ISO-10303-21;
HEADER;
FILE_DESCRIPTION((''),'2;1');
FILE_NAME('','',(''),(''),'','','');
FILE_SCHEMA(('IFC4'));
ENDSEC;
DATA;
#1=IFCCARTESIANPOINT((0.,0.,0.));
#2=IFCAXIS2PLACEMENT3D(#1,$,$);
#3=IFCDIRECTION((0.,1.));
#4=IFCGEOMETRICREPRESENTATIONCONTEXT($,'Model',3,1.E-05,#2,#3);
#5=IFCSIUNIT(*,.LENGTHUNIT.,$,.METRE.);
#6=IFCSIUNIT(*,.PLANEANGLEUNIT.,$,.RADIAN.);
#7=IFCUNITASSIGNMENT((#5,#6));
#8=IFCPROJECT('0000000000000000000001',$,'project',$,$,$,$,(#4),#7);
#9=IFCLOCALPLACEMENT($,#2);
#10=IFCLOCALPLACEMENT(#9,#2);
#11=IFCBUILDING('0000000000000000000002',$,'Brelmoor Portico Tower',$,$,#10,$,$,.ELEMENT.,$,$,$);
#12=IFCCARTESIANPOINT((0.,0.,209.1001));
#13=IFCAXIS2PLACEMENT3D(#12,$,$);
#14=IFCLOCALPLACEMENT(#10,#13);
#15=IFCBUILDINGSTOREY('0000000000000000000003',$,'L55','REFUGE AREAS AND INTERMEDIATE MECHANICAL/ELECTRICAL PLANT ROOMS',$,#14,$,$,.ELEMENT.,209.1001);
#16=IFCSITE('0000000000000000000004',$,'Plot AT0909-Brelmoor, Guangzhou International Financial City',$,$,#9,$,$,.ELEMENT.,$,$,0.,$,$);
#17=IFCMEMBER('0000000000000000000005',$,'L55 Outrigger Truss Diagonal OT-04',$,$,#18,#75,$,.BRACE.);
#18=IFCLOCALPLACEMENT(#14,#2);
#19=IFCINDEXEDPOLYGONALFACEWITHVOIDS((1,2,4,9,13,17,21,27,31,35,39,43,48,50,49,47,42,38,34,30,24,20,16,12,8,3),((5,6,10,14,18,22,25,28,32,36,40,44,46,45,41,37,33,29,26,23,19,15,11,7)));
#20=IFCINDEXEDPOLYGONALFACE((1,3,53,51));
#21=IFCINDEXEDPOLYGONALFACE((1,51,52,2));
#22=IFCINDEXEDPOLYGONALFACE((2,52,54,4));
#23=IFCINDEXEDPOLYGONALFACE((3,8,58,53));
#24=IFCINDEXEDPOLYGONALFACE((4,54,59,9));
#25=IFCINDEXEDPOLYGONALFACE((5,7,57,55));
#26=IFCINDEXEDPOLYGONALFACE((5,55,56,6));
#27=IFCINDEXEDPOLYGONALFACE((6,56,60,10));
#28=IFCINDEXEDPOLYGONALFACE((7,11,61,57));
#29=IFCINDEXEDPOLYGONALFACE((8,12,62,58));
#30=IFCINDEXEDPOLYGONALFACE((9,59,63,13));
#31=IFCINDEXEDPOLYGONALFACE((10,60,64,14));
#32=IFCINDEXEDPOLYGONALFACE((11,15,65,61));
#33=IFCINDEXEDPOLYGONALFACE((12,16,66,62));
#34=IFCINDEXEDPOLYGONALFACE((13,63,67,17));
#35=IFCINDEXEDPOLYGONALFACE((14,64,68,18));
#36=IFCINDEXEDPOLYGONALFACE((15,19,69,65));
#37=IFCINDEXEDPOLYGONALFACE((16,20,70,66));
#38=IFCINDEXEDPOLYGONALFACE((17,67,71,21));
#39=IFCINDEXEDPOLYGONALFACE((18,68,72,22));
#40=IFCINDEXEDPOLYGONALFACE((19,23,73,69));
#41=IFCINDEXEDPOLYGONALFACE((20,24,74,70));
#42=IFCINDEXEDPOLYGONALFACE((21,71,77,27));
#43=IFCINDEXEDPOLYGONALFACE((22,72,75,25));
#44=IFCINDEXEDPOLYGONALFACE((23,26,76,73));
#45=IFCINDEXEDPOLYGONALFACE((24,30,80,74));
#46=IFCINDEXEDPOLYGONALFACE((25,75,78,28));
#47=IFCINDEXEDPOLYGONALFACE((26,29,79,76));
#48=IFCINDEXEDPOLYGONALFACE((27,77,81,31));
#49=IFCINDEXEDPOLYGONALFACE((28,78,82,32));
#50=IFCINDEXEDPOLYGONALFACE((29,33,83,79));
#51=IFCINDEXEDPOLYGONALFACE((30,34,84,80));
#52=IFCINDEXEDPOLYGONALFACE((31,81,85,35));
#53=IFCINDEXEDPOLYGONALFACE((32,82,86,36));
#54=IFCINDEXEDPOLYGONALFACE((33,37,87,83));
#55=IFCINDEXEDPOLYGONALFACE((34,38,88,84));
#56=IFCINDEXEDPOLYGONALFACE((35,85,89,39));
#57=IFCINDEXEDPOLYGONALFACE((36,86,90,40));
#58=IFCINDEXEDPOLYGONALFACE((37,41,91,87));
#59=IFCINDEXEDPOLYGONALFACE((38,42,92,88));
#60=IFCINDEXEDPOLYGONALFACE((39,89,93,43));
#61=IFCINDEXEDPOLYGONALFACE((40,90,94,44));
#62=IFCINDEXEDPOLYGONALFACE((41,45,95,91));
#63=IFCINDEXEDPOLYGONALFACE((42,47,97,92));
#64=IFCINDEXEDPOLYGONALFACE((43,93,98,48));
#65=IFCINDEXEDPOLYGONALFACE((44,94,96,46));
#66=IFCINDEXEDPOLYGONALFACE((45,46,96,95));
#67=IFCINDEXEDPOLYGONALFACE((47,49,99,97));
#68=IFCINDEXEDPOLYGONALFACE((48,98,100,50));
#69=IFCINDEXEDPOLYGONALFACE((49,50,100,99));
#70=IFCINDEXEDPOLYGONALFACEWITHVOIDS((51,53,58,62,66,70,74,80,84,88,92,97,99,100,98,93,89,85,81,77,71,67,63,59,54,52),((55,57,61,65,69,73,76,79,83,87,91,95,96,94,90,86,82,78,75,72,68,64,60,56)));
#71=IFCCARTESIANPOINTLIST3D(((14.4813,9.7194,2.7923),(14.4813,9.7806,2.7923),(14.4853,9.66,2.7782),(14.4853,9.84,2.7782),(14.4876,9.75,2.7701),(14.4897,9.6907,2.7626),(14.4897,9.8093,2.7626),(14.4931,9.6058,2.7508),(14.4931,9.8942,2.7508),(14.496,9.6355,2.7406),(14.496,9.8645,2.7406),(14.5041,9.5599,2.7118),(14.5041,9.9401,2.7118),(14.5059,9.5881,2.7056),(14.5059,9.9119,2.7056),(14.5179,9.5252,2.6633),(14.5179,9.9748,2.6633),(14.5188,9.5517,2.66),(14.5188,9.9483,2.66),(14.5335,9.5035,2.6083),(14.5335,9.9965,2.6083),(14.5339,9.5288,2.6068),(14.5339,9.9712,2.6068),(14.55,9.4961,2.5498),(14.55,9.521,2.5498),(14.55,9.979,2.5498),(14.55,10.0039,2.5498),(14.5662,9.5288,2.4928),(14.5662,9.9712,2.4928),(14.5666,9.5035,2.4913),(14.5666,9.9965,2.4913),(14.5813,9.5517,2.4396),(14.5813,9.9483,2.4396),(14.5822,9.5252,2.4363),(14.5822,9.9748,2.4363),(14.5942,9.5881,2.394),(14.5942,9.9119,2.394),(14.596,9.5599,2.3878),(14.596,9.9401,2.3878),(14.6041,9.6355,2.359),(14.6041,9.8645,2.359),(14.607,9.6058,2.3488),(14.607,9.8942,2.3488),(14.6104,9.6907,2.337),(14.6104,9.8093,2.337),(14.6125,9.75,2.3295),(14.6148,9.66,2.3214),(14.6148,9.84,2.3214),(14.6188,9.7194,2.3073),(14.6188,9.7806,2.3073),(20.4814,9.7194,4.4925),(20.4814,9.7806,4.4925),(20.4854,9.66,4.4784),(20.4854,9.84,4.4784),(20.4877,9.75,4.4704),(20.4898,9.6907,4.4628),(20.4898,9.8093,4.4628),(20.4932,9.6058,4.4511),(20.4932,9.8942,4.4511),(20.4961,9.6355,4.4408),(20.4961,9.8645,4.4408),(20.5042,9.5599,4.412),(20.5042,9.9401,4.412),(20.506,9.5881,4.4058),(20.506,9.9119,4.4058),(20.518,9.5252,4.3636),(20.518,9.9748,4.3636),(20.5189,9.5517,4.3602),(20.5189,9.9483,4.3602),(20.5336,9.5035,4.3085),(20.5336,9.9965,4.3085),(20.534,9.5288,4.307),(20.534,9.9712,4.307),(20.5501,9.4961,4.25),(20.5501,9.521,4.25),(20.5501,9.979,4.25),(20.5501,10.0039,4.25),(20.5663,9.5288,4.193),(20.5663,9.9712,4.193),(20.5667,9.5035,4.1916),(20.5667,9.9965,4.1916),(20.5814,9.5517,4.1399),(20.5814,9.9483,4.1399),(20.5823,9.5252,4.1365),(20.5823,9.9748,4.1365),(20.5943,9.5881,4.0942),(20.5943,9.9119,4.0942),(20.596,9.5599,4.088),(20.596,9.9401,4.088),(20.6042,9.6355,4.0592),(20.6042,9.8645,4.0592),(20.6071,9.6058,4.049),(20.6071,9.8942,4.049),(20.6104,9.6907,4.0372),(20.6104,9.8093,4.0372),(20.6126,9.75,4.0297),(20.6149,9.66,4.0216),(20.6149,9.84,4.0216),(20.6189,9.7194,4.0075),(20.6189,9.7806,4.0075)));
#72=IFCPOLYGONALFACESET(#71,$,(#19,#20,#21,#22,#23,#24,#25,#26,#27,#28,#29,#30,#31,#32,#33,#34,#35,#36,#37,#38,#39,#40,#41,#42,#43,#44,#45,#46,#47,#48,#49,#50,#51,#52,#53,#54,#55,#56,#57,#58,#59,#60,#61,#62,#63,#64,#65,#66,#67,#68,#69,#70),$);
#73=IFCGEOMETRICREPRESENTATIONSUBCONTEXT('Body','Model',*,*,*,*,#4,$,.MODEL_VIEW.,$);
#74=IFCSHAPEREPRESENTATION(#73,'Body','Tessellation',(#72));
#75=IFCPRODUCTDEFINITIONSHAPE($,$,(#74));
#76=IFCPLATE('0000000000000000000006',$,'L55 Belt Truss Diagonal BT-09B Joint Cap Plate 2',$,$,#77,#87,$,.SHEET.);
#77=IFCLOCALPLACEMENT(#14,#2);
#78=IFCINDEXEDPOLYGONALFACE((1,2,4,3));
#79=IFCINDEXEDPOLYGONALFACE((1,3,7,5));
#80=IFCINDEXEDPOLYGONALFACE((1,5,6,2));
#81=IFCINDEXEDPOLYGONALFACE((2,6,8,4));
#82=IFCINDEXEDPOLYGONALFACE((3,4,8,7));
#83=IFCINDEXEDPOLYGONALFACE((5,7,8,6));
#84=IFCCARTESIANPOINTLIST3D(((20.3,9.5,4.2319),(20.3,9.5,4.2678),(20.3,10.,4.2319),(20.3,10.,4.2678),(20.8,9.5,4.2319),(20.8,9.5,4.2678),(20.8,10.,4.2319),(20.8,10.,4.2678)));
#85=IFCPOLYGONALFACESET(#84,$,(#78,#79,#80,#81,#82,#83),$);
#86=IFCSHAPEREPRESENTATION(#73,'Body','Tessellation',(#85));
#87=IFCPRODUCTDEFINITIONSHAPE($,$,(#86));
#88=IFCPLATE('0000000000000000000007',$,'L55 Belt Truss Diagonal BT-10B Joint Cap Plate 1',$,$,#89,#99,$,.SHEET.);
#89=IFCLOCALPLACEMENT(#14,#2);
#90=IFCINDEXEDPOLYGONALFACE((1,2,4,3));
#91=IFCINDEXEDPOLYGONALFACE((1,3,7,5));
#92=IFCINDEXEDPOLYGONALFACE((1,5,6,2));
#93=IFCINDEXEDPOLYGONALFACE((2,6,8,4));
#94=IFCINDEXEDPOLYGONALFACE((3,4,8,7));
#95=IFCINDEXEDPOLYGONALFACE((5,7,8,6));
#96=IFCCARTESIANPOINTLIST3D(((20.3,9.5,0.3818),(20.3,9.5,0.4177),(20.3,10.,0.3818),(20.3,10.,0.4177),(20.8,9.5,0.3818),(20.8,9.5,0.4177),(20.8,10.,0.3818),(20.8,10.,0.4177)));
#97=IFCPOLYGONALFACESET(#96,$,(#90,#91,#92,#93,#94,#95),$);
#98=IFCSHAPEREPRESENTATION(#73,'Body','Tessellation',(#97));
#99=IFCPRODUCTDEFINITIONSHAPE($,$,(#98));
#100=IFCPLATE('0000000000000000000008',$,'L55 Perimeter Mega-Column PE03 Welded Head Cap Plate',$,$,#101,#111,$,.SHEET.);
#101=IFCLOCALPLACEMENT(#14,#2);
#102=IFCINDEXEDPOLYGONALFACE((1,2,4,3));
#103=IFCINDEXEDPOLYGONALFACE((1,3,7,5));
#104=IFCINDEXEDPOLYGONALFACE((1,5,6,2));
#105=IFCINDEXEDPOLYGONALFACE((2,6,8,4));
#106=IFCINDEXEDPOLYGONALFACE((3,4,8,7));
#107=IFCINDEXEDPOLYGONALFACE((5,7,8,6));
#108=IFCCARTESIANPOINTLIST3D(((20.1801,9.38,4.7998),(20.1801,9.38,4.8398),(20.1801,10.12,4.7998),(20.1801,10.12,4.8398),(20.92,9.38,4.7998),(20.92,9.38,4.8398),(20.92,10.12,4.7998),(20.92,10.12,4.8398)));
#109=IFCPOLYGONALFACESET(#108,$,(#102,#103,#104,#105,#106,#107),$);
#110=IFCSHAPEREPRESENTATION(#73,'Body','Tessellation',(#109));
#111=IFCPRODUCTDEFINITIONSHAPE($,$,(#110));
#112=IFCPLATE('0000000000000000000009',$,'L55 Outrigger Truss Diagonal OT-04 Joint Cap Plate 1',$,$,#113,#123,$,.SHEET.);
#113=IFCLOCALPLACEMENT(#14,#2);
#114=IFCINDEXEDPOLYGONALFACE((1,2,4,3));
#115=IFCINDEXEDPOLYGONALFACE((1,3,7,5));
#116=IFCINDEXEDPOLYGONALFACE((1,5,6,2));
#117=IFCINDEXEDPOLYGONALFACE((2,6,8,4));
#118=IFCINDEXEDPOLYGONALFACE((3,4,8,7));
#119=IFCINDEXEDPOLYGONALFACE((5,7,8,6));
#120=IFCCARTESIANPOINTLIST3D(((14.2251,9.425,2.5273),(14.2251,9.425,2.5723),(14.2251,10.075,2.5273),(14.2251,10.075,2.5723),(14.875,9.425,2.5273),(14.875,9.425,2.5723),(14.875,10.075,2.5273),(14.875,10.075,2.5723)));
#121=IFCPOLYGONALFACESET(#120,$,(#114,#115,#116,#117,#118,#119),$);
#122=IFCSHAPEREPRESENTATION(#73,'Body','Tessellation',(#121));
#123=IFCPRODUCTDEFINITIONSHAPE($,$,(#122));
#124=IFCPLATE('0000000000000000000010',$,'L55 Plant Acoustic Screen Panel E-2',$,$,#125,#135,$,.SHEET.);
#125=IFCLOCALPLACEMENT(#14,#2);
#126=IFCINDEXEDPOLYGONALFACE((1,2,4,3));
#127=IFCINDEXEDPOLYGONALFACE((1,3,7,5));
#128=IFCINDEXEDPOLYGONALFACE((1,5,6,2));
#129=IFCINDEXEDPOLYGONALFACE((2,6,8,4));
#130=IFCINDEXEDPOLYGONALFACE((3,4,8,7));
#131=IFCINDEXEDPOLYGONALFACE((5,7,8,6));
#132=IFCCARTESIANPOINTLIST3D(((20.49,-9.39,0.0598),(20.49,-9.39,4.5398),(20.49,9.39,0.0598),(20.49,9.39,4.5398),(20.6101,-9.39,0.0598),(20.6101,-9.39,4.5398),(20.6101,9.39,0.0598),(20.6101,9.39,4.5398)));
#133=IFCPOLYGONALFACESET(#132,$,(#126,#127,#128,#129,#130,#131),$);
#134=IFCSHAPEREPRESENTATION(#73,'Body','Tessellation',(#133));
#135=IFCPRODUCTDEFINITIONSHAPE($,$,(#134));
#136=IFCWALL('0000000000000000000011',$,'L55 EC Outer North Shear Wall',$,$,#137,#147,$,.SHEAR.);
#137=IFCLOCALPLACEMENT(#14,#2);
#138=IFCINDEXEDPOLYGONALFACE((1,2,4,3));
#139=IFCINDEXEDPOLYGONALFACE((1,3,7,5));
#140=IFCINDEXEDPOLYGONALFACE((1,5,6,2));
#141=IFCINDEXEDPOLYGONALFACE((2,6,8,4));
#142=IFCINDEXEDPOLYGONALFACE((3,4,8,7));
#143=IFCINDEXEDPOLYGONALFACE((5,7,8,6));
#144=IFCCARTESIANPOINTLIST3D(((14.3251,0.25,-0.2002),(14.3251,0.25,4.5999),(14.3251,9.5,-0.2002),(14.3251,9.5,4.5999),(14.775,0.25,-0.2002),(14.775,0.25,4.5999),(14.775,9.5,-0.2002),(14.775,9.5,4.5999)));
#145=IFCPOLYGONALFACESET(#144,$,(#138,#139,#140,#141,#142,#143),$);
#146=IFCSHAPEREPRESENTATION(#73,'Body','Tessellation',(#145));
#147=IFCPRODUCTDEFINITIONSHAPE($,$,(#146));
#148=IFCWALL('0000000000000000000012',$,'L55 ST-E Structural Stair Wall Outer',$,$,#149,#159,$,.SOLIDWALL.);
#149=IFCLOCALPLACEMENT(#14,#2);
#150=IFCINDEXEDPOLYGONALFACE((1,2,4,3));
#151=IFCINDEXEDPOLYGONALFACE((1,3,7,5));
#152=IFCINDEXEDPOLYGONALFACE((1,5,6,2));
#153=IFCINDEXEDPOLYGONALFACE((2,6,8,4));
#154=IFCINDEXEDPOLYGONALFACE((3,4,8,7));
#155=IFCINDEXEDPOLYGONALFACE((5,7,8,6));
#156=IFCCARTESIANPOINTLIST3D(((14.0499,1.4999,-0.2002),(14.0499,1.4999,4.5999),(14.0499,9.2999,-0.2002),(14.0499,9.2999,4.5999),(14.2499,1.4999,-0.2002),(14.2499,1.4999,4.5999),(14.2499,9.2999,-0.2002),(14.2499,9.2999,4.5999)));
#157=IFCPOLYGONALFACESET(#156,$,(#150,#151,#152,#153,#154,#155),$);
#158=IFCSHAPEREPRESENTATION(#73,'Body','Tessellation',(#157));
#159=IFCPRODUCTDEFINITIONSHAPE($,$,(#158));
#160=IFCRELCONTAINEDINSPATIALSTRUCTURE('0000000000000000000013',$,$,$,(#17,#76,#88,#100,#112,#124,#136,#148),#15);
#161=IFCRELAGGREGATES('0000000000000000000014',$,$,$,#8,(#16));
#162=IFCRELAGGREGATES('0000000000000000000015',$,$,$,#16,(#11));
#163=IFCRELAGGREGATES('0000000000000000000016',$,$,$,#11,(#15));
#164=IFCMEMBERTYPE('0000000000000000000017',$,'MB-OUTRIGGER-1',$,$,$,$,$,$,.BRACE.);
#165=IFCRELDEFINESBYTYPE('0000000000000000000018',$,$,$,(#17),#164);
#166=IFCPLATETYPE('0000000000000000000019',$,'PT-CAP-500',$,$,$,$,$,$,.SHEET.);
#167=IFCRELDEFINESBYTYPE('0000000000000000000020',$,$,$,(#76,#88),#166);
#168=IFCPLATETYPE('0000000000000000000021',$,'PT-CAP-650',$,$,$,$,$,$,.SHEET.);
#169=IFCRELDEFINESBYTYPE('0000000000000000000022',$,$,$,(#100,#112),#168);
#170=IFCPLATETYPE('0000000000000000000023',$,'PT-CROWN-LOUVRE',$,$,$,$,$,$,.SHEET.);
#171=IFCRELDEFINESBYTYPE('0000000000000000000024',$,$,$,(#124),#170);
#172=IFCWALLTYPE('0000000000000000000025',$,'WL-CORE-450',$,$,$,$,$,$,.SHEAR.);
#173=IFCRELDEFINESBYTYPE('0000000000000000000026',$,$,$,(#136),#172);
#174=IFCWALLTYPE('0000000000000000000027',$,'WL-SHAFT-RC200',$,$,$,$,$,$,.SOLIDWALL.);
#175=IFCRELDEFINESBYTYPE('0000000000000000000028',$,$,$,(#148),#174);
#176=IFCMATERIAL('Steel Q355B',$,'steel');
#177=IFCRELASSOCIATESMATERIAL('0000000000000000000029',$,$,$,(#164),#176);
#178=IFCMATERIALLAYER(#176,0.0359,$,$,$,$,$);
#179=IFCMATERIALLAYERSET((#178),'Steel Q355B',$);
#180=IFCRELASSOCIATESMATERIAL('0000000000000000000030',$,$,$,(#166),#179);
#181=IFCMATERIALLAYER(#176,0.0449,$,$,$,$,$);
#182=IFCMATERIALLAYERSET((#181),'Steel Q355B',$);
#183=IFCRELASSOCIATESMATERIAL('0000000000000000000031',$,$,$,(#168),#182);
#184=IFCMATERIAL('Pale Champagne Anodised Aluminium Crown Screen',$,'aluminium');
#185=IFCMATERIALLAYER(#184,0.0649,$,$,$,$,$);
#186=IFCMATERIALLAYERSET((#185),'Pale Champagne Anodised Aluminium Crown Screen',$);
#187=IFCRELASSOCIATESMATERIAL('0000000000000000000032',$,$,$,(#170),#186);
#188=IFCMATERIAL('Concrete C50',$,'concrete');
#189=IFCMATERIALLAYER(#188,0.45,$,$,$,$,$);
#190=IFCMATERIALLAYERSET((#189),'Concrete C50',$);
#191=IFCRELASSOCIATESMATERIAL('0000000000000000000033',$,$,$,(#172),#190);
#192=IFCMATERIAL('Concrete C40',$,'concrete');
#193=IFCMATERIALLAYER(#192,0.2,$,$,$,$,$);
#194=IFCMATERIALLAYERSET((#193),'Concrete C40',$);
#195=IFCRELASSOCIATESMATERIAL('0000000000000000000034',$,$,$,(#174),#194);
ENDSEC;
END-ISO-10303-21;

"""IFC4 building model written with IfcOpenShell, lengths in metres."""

from ifc_helpers import new_model, si_unit, direction, frame, frame_2d, origin, origin_2d, place, context, subcontext, project, spatial, rectangle, hollow_circle, extrude, material, layer, layer_set, material_profile, profile_set, type_object, element, save


model = new_model("IFC4")

# Units and contexts
model_context = context("Model", 3, precision=1e-05, world=origin(), true_north=direction((0.0, 1.0)))
body_context = subcontext(model_context, "Body", "Model", "MODEL_VIEW")
ifc_project = project(units=[si_unit("LENGTHUNIT", "METRE"), si_unit("PLANEANGLEUNIT", "RADIAN")], contexts=[model_context])

# Site, building, storey
site_placement = place(None, origin())
site = spatial("IfcSite", under=ifc_project, at=site_placement, Name="Plot AT0909-Brelmoor, Guangzhou International Financial City", CompositionType="ELEMENT", RefElevation=0.0)
building_placement = place(site_placement, origin())
building = spatial("IfcBuilding", under=site, at=building_placement, Name="Brelmoor Portico Tower", CompositionType="ELEMENT")
storey_placement = place(building_placement, frame((0.0, 0.0, 209.1001)))
storey = spatial("IfcBuildingStorey", under=building, at=storey_placement, Name="L55", Description="REFUGE AREAS AND INTERMEDIATE MECHANICAL/ELECTRICAL PLANT ROOMS", CompositionType="ELEMENT", Elevation=209.1001)

# Shared definitions
ifc_material_1 = material(Name="Steel Q355B", Category="steel")

# Member
ifc_material_profile_1 = material_profile(ifc_material_1, hollow_circle(Radius=0.2539, WallThickness=0.0249, at=origin_2d()), Name="CHS 508x25")
ifc_profile_set_1 = profile_set([ifc_material_profile_1], Name="Steel Q355B")
member_type_1 = type_object("IfcMemberType", Name="MB-OUTRIGGER-1", PredefinedType="BRACE", material=ifc_profile_set_1)
member_1_placement = place(storey_placement, frame((14.55, 9.75, 2.5498), z_axis=(0.962119, 0.0, 0.272632), x_axis=(0.0, 1.0, 0.0)))
element("IfcMember", 1, at=member_1_placement, inside=storey, type_object=member_type_1, Name="L55 Outrigger Truss Diagonal OT-04", PredefinedType="BRACE", context=body_context, shape_type="SweptSolid", body=[
    extrude(hollow_circle(Radius=0.2539, WallThickness=0.0249, at=origin_2d()), origin(), (0.0, 0.0, 1.0), 6.2363),
])

# Plates
ifc_layer_1 = layer(ifc_material_1, 0.0359)
ifc_layer_set_1 = layer_set([ifc_layer_1], Name="Steel Q355B")
plate_type_1 = type_object("IfcPlateType", Name="PT-CAP-500", PredefinedType="SHEET", material=ifc_layer_set_1)
for number, where, z_axis, x_axis, name in (
    (2, (20.55, 9.75, 4.2319), (0.0, 0.0, 1.0), (1.0, 0.0, 0.0), "L55 Belt Truss Diagonal BT-09B Joint Cap Plate 2"),
    (3, (20.55, 9.75, 0.3818), (0.0, 0.0, 1.0), (1.0, 0.0, 0.0), "L55 Belt Truss Diagonal BT-10B Joint Cap Plate 1"),
):
    element("IfcPlate", number, at=place(storey_placement, frame(where, z_axis=z_axis, x_axis=x_axis)), inside=storey, type_object=plate_type_1, Name=name, PredefinedType="SHEET", context=body_context, shape_type="SweptSolid", body=[
        extrude(rectangle(XDim=0.5, YDim=0.5, at=origin_2d()), origin(), (0.0, 0.0, 1.0), 0.0359),
    ])
ifc_layer_2 = layer(ifc_material_1, 0.0449)
ifc_layer_set_2 = layer_set([ifc_layer_2], Name="Steel Q355B")
plate_type_2 = type_object("IfcPlateType", Name="PT-CAP-650", PredefinedType="SHEET", material=ifc_layer_set_2)
plate_1_placement = place(storey_placement, frame((20.55, 9.75, 4.7998), z_axis=(0.0, 0.0, 1.0), x_axis=(0.0, 1.0, 0.0)))
element("IfcPlate", 4, at=plate_1_placement, inside=storey, type_object=plate_type_2, Name="L55 Perimeter Mega-Column PE03 Welded Head Cap Plate", PredefinedType="SHEET", context=body_context, shape_type="SweptSolid", body=[
    extrude(rectangle(XDim=0.74, YDim=0.74, at=origin_2d()), origin(), (0.0, 0.0, 1.0), 0.04),
])
plate_2_placement = place(storey_placement, frame((14.55, 9.75, 2.5273), z_axis=(0.0, 0.0, 1.0), x_axis=(1.0, 0.0, 0.0)))
element("IfcPlate", 5, at=plate_2_placement, inside=storey, type_object=plate_type_2, Name="L55 Outrigger Truss Diagonal OT-04 Joint Cap Plate 1", PredefinedType="SHEET", context=body_context, shape_type="SweptSolid", body=[
    extrude(rectangle(XDim=0.6499, YDim=0.6499, at=origin_2d()), origin(), (0.0, 0.0, 1.0), 0.0449),
])
ifc_material_2 = material(Name="Pale Champagne Anodised Aluminium Crown Screen", Category="aluminium")
ifc_layer_3 = layer(ifc_material_2, 0.0649)
ifc_layer_set_3 = layer_set([ifc_layer_3], Name="Pale Champagne Anodised Aluminium Crown Screen")
plate_type_3 = type_object("IfcPlateType", Name="PT-CROWN-LOUVRE", PredefinedType="SHEET", material=ifc_layer_set_3)
plate_3_placement = place(storey_placement, frame((20.55, 0.0, 0.0598), z_axis=(0.0, 0.0, 1.0), x_axis=(0.0, 1.0, 0.0)))
element("IfcPlate", 6, at=plate_3_placement, inside=storey, type_object=plate_type_3, Name="L55 Plant Acoustic Screen Panel E-2", PredefinedType="SHEET", context=body_context, shape_type="SweptSolid", body=[
    extrude(rectangle(XDim=18.78, YDim=0.1201, at=origin_2d()), origin(), (0.0, 0.0, 1.0), 4.48),
])

# Walls
ifc_material_3 = material(Name="Concrete C50", Category="concrete")
ifc_layer_4 = layer(ifc_material_3, 0.45)
ifc_layer_set_4 = layer_set([ifc_layer_4], Name="Concrete C50")
wall_type_1 = type_object("IfcWallType", Name="WL-CORE-450", PredefinedType="SHEAR", material=ifc_layer_set_4)
wall_1_placement = place(storey_placement, frame((14.55, 0.25, -0.2002), z_axis=(0.0, 0.0, 1.0), x_axis=(0.0, 1.0, 0.0)))
element("IfcWall", 7, at=wall_1_placement, inside=storey, type_object=wall_type_1, Name="L55 EC Outer North Shear Wall", PredefinedType="SHEAR", context=body_context, shape_type="SweptSolid", body=[
    extrude(rectangle(XDim=9.25, YDim=0.45, at=frame_2d((4.625, 0.0))), origin(), (0.0, 0.0, 1.0), 4.8),
])
ifc_material_4 = material(Name="Concrete C40", Category="concrete")
ifc_layer_5 = layer(ifc_material_4, 0.2)
ifc_layer_set_5 = layer_set([ifc_layer_5], Name="Concrete C40")
wall_type_2 = type_object("IfcWallType", Name="WL-SHAFT-RC200", PredefinedType="SOLIDWALL", material=ifc_layer_set_5)
wall_2_placement = place(storey_placement, frame((14.1499, 1.5, -0.2002), z_axis=(0.0, 0.0, 1.0), x_axis=(0.0, 1.0, 0.0)))
element("IfcWall", 8, at=wall_2_placement, inside=storey, type_object=wall_type_2, Name="L55 ST-E Structural Stair Wall Outer", PredefinedType="SOLIDWALL", context=body_context, shape_type="SweptSolid", body=[
    extrude(rectangle(XDim=7.8, YDim=0.2, at=frame_2d((3.8999, 0.0))), origin(), (0.0, 0.0, 1.0), 4.8),
])

save(model, "model.ifc")
